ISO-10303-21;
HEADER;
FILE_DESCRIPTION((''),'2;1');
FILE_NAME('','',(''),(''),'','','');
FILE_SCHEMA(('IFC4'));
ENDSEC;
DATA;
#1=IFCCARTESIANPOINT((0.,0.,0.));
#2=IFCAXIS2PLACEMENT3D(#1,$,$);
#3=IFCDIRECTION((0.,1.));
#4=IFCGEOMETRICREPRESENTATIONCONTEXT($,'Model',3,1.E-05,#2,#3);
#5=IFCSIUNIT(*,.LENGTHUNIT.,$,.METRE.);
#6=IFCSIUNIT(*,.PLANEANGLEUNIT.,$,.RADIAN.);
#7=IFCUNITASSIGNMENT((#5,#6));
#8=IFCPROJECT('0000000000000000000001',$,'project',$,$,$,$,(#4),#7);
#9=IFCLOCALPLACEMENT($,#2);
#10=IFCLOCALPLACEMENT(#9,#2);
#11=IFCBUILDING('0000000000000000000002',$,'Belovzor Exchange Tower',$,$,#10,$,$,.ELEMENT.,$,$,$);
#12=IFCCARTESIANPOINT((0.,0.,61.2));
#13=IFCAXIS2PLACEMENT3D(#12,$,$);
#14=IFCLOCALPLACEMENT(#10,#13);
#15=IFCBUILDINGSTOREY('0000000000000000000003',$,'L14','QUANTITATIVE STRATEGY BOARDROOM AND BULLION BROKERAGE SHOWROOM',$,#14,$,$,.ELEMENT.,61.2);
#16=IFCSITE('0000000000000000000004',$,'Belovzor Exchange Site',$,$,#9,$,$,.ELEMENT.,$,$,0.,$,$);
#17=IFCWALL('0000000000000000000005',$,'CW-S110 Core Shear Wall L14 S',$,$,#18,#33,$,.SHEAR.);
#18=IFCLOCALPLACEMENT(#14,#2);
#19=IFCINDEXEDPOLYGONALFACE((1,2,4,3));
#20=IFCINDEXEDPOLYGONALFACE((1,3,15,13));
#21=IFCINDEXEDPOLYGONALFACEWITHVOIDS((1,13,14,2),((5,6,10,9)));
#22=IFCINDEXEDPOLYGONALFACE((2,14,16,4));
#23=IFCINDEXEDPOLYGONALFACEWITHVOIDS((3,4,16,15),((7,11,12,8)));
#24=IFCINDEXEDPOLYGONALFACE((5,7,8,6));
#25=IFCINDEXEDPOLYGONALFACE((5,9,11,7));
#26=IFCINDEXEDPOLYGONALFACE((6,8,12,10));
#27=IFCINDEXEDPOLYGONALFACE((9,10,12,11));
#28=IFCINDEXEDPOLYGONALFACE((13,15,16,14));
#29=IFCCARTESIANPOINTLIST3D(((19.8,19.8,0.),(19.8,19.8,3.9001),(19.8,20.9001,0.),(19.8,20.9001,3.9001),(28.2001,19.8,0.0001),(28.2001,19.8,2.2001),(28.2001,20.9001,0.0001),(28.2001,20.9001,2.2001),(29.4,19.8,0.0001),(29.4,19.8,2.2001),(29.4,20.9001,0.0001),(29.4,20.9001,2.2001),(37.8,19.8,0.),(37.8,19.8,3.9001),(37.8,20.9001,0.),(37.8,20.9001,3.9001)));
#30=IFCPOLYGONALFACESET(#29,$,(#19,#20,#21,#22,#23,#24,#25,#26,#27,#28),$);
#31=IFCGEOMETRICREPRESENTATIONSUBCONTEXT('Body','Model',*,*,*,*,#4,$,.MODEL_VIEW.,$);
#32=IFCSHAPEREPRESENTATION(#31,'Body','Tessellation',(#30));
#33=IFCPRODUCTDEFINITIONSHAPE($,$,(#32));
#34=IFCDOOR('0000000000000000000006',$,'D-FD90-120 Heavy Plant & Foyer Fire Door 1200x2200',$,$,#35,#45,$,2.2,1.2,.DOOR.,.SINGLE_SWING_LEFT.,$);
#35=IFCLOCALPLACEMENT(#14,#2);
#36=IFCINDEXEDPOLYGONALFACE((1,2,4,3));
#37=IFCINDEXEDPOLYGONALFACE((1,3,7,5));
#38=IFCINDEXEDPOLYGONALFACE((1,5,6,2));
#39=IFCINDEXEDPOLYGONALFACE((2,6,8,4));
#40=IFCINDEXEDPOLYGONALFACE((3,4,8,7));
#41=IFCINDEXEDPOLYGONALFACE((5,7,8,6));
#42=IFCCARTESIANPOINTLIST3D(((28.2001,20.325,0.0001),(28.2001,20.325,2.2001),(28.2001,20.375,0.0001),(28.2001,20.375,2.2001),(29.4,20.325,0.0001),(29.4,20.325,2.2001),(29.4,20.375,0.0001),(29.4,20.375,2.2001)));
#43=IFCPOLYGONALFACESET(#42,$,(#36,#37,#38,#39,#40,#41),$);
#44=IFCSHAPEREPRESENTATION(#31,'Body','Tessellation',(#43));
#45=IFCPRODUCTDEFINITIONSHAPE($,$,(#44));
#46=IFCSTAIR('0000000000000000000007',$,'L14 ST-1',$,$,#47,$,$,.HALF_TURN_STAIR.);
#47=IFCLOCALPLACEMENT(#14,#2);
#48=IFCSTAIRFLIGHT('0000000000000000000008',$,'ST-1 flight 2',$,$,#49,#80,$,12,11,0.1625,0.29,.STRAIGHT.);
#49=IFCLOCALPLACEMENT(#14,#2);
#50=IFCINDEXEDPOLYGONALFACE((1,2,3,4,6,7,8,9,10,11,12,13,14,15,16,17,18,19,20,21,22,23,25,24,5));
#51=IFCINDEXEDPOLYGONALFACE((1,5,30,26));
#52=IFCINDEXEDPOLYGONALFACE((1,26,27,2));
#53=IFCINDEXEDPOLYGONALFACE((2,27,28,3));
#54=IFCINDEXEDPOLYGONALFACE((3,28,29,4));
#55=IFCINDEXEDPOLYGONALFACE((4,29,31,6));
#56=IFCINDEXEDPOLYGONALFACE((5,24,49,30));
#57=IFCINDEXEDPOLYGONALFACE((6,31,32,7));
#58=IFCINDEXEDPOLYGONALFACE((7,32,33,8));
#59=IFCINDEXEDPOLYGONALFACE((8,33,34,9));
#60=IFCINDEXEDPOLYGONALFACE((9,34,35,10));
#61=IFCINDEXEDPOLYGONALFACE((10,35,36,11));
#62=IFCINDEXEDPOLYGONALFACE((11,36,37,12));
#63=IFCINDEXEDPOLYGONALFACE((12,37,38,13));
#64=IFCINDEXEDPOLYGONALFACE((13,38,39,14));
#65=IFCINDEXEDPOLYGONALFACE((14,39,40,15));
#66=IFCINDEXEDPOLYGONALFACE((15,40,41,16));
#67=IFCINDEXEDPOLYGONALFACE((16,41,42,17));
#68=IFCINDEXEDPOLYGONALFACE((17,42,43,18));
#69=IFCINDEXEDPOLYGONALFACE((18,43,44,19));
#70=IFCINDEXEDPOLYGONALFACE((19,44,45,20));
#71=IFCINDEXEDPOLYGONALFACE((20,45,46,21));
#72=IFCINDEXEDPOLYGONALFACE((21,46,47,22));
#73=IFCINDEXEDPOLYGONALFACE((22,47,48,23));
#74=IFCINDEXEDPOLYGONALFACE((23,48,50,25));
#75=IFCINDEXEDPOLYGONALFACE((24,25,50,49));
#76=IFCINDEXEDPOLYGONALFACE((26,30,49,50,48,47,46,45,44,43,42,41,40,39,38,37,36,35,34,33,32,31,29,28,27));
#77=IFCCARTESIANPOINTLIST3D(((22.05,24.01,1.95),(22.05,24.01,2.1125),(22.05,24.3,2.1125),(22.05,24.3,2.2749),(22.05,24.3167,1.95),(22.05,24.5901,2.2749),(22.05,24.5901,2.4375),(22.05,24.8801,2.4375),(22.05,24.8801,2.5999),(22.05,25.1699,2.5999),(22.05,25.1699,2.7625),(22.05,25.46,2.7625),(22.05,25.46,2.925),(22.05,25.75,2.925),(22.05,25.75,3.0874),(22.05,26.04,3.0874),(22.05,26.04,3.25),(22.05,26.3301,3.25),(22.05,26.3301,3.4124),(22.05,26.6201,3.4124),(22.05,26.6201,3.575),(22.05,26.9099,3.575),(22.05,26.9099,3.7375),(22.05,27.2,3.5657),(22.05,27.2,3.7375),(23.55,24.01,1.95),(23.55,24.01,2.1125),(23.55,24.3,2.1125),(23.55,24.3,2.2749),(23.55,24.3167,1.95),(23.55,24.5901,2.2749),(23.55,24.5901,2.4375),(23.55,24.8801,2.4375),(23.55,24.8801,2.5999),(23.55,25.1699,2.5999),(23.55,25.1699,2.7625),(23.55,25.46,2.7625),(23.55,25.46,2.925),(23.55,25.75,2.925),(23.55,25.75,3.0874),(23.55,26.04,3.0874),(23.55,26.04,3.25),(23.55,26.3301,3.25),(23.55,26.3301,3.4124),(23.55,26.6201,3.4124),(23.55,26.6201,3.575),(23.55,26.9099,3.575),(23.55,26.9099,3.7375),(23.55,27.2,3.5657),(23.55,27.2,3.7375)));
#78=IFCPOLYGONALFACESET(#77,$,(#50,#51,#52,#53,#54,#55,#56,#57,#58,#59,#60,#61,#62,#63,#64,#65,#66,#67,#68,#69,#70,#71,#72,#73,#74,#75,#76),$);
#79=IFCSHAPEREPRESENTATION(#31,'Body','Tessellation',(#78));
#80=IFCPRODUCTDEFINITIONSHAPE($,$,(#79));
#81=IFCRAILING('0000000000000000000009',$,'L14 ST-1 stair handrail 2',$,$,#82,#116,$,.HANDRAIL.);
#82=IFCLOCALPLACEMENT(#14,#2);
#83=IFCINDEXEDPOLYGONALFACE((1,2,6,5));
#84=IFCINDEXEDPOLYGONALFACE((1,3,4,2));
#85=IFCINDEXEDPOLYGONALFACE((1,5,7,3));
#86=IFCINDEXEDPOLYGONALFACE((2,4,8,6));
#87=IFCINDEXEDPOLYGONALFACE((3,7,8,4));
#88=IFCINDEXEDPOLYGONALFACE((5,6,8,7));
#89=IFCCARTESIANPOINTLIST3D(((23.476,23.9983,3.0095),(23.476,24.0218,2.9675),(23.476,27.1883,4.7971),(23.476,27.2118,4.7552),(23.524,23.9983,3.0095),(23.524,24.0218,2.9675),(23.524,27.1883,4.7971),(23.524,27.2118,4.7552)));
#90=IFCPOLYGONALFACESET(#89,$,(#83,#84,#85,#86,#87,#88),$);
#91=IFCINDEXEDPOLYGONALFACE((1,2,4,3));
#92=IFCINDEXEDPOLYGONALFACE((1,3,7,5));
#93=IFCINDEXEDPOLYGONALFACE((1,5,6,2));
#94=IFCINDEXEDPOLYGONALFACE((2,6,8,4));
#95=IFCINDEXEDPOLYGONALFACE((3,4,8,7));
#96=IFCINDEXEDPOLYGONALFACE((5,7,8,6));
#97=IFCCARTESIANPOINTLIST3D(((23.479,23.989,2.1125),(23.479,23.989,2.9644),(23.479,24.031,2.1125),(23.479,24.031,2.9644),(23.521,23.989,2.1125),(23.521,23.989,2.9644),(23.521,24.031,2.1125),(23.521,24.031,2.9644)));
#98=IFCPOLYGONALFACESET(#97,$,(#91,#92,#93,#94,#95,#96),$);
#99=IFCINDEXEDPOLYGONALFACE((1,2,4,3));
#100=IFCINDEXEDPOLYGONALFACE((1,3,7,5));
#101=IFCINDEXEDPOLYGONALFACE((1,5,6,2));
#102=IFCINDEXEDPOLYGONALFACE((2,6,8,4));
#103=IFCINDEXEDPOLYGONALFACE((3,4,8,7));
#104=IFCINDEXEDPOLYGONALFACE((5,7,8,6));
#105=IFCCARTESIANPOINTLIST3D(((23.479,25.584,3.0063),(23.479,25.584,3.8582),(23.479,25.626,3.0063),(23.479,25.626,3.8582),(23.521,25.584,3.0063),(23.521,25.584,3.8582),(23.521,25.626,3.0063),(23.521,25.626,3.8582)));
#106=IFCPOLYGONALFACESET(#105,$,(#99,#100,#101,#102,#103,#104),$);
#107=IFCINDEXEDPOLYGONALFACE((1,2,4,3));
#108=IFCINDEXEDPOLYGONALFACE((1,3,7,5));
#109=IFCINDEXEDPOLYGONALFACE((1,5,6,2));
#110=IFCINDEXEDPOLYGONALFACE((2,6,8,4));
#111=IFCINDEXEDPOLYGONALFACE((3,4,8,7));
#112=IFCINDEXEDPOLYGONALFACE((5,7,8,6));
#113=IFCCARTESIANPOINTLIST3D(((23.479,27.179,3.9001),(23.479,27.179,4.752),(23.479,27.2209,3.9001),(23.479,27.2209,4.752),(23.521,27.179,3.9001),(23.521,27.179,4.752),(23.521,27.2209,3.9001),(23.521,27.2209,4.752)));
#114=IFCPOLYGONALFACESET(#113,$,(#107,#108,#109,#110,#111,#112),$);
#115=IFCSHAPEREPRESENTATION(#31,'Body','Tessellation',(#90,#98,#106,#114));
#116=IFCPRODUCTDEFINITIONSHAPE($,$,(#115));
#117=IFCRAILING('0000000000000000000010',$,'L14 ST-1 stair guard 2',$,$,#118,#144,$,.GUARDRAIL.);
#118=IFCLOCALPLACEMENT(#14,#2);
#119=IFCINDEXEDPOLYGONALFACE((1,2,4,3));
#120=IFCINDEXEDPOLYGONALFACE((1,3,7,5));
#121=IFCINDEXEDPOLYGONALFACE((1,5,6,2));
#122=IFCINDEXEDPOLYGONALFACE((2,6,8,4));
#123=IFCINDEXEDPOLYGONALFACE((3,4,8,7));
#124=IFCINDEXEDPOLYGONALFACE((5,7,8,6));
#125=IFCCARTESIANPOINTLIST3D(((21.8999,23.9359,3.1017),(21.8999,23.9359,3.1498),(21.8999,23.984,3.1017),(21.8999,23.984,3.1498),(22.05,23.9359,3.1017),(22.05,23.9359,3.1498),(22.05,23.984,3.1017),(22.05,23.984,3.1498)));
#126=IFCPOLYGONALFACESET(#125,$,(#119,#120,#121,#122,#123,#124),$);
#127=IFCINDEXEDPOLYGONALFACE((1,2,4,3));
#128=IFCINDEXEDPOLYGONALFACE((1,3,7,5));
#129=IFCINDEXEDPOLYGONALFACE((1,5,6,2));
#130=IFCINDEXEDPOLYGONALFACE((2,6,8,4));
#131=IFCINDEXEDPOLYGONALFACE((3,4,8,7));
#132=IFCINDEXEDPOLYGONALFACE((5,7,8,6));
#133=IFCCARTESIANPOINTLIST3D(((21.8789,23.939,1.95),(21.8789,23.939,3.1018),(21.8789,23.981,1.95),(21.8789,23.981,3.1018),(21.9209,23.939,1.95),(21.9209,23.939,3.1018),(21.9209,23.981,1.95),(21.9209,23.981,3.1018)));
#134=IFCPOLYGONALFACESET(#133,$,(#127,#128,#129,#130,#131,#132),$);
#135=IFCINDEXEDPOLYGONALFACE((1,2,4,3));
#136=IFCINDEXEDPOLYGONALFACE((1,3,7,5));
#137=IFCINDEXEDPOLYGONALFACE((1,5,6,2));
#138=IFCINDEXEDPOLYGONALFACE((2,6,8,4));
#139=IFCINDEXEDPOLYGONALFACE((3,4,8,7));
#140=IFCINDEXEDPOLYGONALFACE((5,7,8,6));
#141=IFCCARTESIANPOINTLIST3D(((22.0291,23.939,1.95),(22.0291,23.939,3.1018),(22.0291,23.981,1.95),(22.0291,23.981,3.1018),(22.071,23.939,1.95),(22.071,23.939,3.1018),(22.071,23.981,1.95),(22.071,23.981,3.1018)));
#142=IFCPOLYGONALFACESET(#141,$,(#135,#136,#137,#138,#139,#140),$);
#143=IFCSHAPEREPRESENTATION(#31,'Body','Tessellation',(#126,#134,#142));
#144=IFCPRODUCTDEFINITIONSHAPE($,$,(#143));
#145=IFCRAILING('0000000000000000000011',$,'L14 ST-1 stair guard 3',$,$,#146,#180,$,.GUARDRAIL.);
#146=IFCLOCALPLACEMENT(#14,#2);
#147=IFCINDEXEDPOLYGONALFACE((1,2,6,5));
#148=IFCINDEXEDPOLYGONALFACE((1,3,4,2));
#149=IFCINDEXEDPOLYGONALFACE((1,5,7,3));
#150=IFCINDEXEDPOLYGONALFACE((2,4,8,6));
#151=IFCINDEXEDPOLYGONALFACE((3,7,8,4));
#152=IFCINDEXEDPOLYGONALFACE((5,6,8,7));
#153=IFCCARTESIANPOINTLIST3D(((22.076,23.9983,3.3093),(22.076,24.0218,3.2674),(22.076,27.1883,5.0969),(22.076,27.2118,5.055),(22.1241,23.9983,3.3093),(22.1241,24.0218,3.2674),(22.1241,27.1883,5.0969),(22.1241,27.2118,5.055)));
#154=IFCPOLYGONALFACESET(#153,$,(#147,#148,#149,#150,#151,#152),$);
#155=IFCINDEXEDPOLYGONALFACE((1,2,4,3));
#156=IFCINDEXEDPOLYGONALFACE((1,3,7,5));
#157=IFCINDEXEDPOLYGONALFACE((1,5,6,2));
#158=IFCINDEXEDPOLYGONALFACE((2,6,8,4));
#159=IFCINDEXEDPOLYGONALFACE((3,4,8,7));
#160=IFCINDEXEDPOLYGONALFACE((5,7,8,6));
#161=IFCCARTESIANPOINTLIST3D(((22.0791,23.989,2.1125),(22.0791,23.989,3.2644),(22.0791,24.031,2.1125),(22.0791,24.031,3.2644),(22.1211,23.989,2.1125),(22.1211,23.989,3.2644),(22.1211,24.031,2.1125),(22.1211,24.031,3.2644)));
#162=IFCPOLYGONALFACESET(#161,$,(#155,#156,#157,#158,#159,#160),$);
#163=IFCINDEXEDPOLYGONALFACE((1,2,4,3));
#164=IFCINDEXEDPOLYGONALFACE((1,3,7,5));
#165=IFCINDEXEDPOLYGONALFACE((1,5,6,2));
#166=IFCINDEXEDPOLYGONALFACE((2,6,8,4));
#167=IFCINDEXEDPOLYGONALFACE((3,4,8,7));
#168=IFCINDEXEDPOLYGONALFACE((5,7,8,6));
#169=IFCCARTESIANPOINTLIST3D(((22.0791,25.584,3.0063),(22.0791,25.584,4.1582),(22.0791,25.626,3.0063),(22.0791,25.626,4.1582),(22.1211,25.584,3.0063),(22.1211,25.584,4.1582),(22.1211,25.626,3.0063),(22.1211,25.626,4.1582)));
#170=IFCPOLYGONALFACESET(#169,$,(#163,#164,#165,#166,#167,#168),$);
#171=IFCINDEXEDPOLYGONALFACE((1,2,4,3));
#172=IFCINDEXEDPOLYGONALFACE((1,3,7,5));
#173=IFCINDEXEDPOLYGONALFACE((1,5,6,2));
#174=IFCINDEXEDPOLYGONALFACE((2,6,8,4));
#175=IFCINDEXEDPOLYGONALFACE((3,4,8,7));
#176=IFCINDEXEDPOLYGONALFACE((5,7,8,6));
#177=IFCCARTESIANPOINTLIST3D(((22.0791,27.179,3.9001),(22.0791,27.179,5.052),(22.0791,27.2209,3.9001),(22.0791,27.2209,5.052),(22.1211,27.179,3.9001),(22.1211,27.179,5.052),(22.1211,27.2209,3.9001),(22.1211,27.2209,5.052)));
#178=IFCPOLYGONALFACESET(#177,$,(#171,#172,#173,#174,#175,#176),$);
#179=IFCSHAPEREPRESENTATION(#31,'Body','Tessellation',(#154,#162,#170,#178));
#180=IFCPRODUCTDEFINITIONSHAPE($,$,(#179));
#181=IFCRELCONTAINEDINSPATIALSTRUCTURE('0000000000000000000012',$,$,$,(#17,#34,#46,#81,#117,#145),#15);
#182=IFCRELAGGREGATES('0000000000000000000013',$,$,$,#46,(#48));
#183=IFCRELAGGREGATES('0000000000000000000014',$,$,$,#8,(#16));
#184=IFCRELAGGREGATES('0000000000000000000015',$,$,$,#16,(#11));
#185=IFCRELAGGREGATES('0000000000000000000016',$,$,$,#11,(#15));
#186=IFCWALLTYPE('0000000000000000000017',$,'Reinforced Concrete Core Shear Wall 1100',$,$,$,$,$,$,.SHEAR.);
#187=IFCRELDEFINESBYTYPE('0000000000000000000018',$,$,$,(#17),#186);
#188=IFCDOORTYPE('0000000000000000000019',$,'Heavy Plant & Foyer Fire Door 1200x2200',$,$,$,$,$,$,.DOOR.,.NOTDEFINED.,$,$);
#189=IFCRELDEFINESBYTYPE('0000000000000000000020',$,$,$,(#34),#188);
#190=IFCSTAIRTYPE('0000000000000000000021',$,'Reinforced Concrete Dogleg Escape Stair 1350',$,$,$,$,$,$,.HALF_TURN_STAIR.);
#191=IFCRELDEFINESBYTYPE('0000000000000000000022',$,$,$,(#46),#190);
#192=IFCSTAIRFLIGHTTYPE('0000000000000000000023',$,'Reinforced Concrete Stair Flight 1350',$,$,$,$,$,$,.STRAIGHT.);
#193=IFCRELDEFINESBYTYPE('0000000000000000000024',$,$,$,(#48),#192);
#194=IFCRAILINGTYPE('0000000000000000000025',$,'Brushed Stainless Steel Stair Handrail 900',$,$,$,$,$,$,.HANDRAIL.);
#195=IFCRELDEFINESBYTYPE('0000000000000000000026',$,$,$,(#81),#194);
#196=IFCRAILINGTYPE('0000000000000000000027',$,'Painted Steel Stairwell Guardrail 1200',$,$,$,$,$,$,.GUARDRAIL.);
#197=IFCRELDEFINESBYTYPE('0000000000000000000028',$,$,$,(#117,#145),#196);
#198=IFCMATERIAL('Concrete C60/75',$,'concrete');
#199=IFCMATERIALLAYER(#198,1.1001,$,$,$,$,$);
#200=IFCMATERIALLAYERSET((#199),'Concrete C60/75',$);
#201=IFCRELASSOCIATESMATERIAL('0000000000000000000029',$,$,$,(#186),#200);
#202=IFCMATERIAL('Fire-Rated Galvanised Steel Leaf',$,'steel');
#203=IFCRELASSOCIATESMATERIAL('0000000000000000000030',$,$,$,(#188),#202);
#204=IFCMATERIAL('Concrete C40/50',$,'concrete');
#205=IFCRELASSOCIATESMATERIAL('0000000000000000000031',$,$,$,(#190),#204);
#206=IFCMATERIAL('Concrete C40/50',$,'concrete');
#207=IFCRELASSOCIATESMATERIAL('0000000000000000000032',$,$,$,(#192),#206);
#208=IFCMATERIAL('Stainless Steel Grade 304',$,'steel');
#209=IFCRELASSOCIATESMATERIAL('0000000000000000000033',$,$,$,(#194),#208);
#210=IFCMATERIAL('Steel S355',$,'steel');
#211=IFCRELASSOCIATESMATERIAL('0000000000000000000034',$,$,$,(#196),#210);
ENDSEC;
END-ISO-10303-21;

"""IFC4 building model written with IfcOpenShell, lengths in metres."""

from ifc_helpers import new_model, si_unit, direction, frame, frame_2d, origin, origin_2d, place, context, subcontext, project, spatial, polyline, rectangle, outline, extrude, material, layer, layer_set, type_object, element, fill, aggregate, save


model = new_model("IFC4")

# Units and contexts
model_context = context("Model", 3, precision=1e-05, world=origin(), true_north=direction((0.0, 1.0)))
body_context = subcontext(model_context, "Body", "Model", "MODEL_VIEW")
ifc_project = project(units=[si_unit("LENGTHUNIT", "METRE"), si_unit("PLANEANGLEUNIT", "RADIAN")], contexts=[model_context])

# Site, building, storey
site_placement = place(None, origin())
site = spatial("IfcSite", under=ifc_project, at=site_placement, Name="Belovzor Exchange Site", CompositionType="ELEMENT", RefElevation=0.0)
building_placement = place(site_placement, origin())
building = spatial("IfcBuilding", under=site, at=building_placement, Name="Belovzor Exchange Tower", CompositionType="ELEMENT")
storey_placement = place(building_placement, frame((0.0, 0.0, 61.2)))
storey = spatial("IfcBuildingStorey", under=building, at=storey_placement, Name="L14", Description="QUANTITATIVE STRATEGY BOARDROOM AND BULLION BROKERAGE SHOWROOM", CompositionType="ELEMENT", Elevation=61.2)

# Wall, opening, door
ifc_material_1 = material(Name="Concrete C60/75", Category="concrete")
ifc_layer_1 = layer(ifc_material_1, 1.1001)
ifc_layer_set_1 = layer_set([ifc_layer_1], Name="Concrete C60/75")
wall_type_1 = type_object("IfcWallType", Name="Reinforced Concrete Core Shear Wall 1100", PredefinedType="SHEAR", material=ifc_layer_set_1)
wall_1_placement = place(storey_placement, frame((19.8, 20.3501, 0.0), z_axis=(0.0, 0.0, 1.0), x_axis=(1.0, 0.0, 0.0)))
wall_1 = element("IfcWall", 1, at=wall_1_placement, inside=storey, type_object=wall_type_1, Name="CW-S110 Core Shear Wall L14 S", PredefinedType="SHEAR", context=body_context, shape_type="SweptSolid", body=[
    extrude(rectangle(XDim=18.0, YDim=1.1001, at=frame_2d((9.0, 0.0))), origin(), (0.0, 0.0, 1.0), 3.9001),
])
opening_1_placement = place(wall_1_placement, frame((8.3999, 0.0, 0.0)))
opening_1 = element("IfcOpeningElement", 2, at=opening_1_placement, cuts=wall_1, PredefinedType="OPENING", context=body_context, shape_type="SweptSolid", body=[
    extrude(rectangle(XDim=1.2, YDim=2.2, at=frame_2d((0.6001, 1.1001))), frame((0.0, 0.5601, 0.0), z_axis=(0.0, -1.0, 0.0), x_axis=(1.0, 0.0, 0.0)), (0.0, 0.0, 1.0), 1.1201),
])
ifc_material_2 = material(Name="Fire-Rated Galvanised Steel Leaf", Category="steel")
door_type_1 = type_object("IfcDoorType", Name="Heavy Plant & Foyer Fire Door 1200x2200", OperationType="NOTDEFINED", PredefinedType="DOOR", material=ifc_material_2)
door_1_placement = place(opening_1_placement, origin())
door_1 = element("IfcDoor", 3, at=door_1_placement, inside=storey, type_object=door_type_1, Name="D-FD90-120 Heavy Plant & Foyer Fire Door 1200x2200", OperationType="SINGLE_SWING_LEFT", OverallHeight=2.2, OverallWidth=1.2, PredefinedType="DOOR", context=body_context, shape_type="SweptSolid", body=[
    extrude(rectangle(XDim=1.2, YDim=2.2, at=frame_2d((0.6001, 1.1001))), frame((0.0, 0.0249, 0.0), z_axis=(0.0, -1.0, 0.0), x_axis=(1.0, 0.0, 0.0)), (0.0, 0.0, 1.0), 0.05),
])
fill(opening_1, door_1)

# Stair, stair flight
ifc_material_3 = material(Name="Concrete C40/50", Category="concrete")
stair_type = type_object("IfcStairType", Name="Reinforced Concrete Dogleg Escape Stair 1350", PredefinedType="HALF_TURN_STAIR", material=ifc_material_3)
stair_placement = place(storey_placement, origin())
stair = element("IfcStair", 4, at=stair_placement, inside=storey, type_object=stair_type, Name="L14 ST-1", PredefinedType="HALF_TURN_STAIR")
ifc_material_4 = material(Name="Concrete C40/50", Category="concrete")
stair_flight_type = type_object("IfcStairFlightType", Name="Reinforced Concrete Stair Flight 1350", PredefinedType="STRAIGHT", material=ifc_material_4)
stair_flight_placement = place(storey_placement, frame((22.8, 24.01, 1.95), z_axis=(0.0, 0.0, 1.0), x_axis=(0.0, 1.0, 0.0)))
stair_flight = element("IfcStairFlight", 5, at=stair_flight_placement, type_object=stair_flight_type, Name="ST-1 flight 2", NumberOfRisers=12, NumberOfTreads=11, PredefinedType="STRAIGHT", RiserHeight=0.1625, TreadLength=0.29, context=body_context, shape_type="SweptSolid", body=[
    extrude(outline(polyline([(0.0, 0.0), (0.0, 0.1626), (0.29, 0.1626), (0.29, 0.325), (0.5801, 0.325), (0.5801, 0.4875), (0.8701, 0.4875), (0.8701, 0.6499), (1.1599, 0.6499), (1.1599, 0.8125), (1.45, 0.8125), (1.45, 0.9751), (1.74, 0.9751), (1.74, 1.1375), (2.03, 1.1375), (2.03, 1.3), (2.3201, 1.3), (2.3201, 1.4624), (2.6101, 1.4624), (2.6101, 1.625), (2.8999, 1.625), (2.8999, 1.7876), (3.1899, 1.7876), (3.1899, 1.95), (3.1899, 1.6157), (0.3066, 0.0), (0.0, 0.0)])), frame((0.0, 0.75, 0.0), z_axis=(0.0, -1.0, 0.0), x_axis=(1.0, 0.0, 0.0)), (0.0, 0.0, 1.0), 1.5),
])
aggregate(stair, [stair_flight])

# Railings
ifc_material_5 = material(Name="Stainless Steel Grade 304", Category="steel")
railing_type_1 = type_object("IfcRailingType", Name="Brushed Stainless Steel Stair Handrail 900", PredefinedType="HANDRAIL", material=ifc_material_5)
railing_1_placement = place(storey_placement, frame((23.5, 24.01, 2.1125)))
element("IfcRailing", 6, at=railing_1_placement, inside=storey, type_object=railing_type_1, Name="L14 ST-1 stair handrail 2", PredefinedType="HANDRAIL", context=body_context, shape_type="SweptSolid", body=[
    extrude(rectangle(XDim=0.0481, YDim=0.0481, at=origin_2d()), frame((0.0, 0.0, 0.876), z_axis=(0.0, 0.872363, 0.48886), x_axis=(-1.0, 0.0, 0.0)), (0.0, 0.0, 1.0), 3.6567),
    extrude(rectangle(XDim=0.042, YDim=0.042, at=origin_2d()), origin(), (0.0, 0.0, 1.0), 0.8518),
    extrude(rectangle(XDim=0.042, YDim=0.042, at=origin_2d()), frame((0.0, 1.595, 0.8938)), (0.0, 0.0, 1.0), 0.8518),
    extrude(rectangle(XDim=0.042, YDim=0.042, at=origin_2d()), frame((0.0, 3.1899, 1.7876)), (0.0, 0.0, 1.0), 0.8518),
])
ifc_material_6 = material(Name="Steel S355", Category="steel")
railing_type_2 = type_object("IfcRailingType", Name="Painted Steel Stairwell Guardrail 1200", PredefinedType="GUARDRAIL", material=ifc_material_6)
railing_2_placement = place(storey_placement, frame((21.8999, 23.96, 1.95)))
element("IfcRailing", 7, at=railing_2_placement, inside=storey, type_object=railing_type_2, Name="L14 ST-1 stair guard 2", PredefinedType="GUARDRAIL", context=body_context, shape_type="SweptSolid", body=[
    extrude(rectangle(XDim=0.0481, YDim=0.0481, at=origin_2d()), frame((0.0, 0.0, 1.1758), z_axis=(1.0, 0.0, 0.0), x_axis=(0.0, 1.0, 0.0)), (0.0, 0.0, 1.0), 0.1501),
    extrude(rectangle(XDim=0.042, YDim=0.042, at=origin_2d()), origin(), (0.0, 0.0, 1.0), 1.1519),
    extrude(rectangle(XDim=0.042, YDim=0.042, at=origin_2d()), frame((0.1501, 0.0, 0.0)), (0.0, 0.0, 1.0), 1.1519),
])
railing_3_placement = place(storey_placement, frame((22.1001, 24.01, 2.1125)))
element("IfcRailing", 8, at=railing_3_placement, inside=storey, type_object=railing_type_2, Name="L14 ST-1 stair guard 3", PredefinedType="GUARDRAIL", context=body_context, shape_type="SweptSolid", body=[
    extrude(rectangle(XDim=0.0481, YDim=0.0481, at=origin_2d()), frame((0.0, 0.0, 1.1758), z_axis=(0.0, 0.872363, 0.48886), x_axis=(-1.0, 0.0, 0.0)), (0.0, 0.0, 1.0), 3.6567),
    extrude(rectangle(XDim=0.042, YDim=0.042, at=origin_2d()), origin(), (0.0, 0.0, 1.0), 1.1519),
    extrude(rectangle(XDim=0.042, YDim=0.042, at=origin_2d()), frame((0.0, 1.595, 0.8938)), (0.0, 0.0, 1.0), 1.1519),
    extrude(rectangle(XDim=0.042, YDim=0.042, at=origin_2d()), frame((0.0, 3.1899, 1.7876)), (0.0, 0.0, 1.0), 1.1519),
])

save(model, "model.ifc")
